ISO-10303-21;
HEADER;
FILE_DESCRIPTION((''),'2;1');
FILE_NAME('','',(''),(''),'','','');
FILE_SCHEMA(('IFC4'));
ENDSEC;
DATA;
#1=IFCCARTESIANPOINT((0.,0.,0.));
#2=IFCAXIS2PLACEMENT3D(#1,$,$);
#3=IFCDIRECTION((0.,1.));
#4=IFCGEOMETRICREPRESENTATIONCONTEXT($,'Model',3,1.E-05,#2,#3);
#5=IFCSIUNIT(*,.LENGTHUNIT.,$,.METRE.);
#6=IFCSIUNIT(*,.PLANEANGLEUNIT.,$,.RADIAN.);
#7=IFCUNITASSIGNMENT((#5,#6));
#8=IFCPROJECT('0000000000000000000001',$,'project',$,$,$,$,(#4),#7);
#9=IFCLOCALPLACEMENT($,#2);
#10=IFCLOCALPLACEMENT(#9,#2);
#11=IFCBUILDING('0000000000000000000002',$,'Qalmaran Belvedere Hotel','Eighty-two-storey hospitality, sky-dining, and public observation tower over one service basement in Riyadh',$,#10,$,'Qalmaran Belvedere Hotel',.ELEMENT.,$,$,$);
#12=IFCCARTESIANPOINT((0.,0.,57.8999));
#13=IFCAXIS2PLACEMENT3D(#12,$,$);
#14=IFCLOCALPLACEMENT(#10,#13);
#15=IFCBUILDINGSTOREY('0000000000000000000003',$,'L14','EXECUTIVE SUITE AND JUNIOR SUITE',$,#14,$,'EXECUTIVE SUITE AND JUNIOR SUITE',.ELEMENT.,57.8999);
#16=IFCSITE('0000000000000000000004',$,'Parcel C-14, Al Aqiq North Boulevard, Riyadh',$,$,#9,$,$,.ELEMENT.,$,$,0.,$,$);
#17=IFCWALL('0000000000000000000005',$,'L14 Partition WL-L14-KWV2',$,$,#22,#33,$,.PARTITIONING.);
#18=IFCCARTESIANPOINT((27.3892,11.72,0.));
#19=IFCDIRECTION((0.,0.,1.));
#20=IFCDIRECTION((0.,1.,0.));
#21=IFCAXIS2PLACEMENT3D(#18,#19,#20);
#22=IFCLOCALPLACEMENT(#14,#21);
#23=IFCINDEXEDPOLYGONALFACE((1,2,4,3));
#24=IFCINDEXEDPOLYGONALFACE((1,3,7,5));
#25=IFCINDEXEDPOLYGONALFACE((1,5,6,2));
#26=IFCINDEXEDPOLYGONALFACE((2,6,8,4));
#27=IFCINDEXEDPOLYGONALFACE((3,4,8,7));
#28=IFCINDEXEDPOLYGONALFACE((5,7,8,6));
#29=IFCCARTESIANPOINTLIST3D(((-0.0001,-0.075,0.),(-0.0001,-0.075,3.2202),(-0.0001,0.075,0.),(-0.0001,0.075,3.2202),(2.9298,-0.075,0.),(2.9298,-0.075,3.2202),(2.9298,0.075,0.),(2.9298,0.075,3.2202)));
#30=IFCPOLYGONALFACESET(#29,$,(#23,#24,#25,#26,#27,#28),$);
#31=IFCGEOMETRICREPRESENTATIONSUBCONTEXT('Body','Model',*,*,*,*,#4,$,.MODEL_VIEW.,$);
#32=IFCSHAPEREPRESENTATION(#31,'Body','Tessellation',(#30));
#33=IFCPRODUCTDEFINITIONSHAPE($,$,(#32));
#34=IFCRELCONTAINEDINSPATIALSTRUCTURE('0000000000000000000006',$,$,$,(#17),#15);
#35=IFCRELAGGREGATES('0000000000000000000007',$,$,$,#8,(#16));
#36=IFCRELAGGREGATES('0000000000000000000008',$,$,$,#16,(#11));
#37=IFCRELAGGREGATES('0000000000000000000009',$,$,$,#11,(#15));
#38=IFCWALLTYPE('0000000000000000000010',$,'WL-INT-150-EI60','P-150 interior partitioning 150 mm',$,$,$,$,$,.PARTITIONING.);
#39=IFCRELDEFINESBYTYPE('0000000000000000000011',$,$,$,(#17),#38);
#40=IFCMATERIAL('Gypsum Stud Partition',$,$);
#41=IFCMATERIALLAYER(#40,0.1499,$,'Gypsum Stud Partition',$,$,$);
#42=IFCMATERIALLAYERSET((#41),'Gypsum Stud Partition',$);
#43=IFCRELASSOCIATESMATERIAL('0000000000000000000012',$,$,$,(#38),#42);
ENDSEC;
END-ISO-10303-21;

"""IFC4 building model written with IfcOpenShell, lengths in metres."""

from ifc_helpers import new_model, si_unit, direction, frame, frame_2d, origin, place, context, subcontext, project, spatial, rectangle, extrude, material, layer, layer_set, type_object, element, save


model = new_model("IFC4")

# Units and contexts
model_context = context("Model", 3, precision=1e-05, world=origin(), true_north=direction((0.0, 1.0)))
body_context = subcontext(model_context, "Body", "Model", "MODEL_VIEW")
ifc_project = project(units=[si_unit("LENGTHUNIT", "METRE"), si_unit("PLANEANGLEUNIT", "RADIAN")], contexts=[model_context])

# Site, building, storey
site_placement = place(None, origin())
site = spatial("IfcSite", under=ifc_project, at=site_placement, Name="Parcel C-14, Al Aqiq North Boulevard, Riyadh", CompositionType="ELEMENT", RefElevation=0.0)
building_placement = place(site_placement, origin())
building = spatial("IfcBuilding", under=site, at=building_placement, Name="Qalmaran Belvedere Hotel", Description="Eighty-two-storey hospitality, sky-dining, and public observation tower over one service basement in Riyadh", LongName="Qalmaran Belvedere Hotel", CompositionType="ELEMENT")
storey_placement = place(building_placement, frame((0.0, 0.0, 57.8999)))
storey = spatial("IfcBuildingStorey", under=building, at=storey_placement, Name="L14", Description="EXECUTIVE SUITE AND JUNIOR SUITE", LongName="EXECUTIVE SUITE AND JUNIOR SUITE", CompositionType="ELEMENT", Elevation=57.8999)

# Wall
ifc_material_1 = material(Name="Gypsum Stud Partition")
ifc_layer_1 = layer(ifc_material_1, 0.1499, Name="Gypsum Stud Partition")
ifc_layer_set_1 = layer_set([ifc_layer_1], Name="Gypsum Stud Partition")
wall_type_1 = type_object("IfcWallType", Name="WL-INT-150-EI60", Description="P-150 interior partitioning 150 mm", PredefinedType="PARTITIONING", material=ifc_layer_set_1)
wall_1_placement = place(storey_placement, frame((27.3892, 11.72, 0.0), z_axis=(0.0, 0.0, 1.0), x_axis=(0.0, 1.0, 0.0)))
element("IfcWall", 1, at=wall_1_placement, inside=storey, type_object=wall_type_1, Name="L14 Partition WL-L14-KWV2", PredefinedType="PARTITIONING", context=body_context, shape_type="SweptSolid", body=[
    extrude(rectangle(XDim=2.9299, YDim=0.1499, at=frame_2d((1.4648, 0.0))), origin(), (0.0, 0.0, 1.0), 3.2202),
])

save(model, "model.ifc")
